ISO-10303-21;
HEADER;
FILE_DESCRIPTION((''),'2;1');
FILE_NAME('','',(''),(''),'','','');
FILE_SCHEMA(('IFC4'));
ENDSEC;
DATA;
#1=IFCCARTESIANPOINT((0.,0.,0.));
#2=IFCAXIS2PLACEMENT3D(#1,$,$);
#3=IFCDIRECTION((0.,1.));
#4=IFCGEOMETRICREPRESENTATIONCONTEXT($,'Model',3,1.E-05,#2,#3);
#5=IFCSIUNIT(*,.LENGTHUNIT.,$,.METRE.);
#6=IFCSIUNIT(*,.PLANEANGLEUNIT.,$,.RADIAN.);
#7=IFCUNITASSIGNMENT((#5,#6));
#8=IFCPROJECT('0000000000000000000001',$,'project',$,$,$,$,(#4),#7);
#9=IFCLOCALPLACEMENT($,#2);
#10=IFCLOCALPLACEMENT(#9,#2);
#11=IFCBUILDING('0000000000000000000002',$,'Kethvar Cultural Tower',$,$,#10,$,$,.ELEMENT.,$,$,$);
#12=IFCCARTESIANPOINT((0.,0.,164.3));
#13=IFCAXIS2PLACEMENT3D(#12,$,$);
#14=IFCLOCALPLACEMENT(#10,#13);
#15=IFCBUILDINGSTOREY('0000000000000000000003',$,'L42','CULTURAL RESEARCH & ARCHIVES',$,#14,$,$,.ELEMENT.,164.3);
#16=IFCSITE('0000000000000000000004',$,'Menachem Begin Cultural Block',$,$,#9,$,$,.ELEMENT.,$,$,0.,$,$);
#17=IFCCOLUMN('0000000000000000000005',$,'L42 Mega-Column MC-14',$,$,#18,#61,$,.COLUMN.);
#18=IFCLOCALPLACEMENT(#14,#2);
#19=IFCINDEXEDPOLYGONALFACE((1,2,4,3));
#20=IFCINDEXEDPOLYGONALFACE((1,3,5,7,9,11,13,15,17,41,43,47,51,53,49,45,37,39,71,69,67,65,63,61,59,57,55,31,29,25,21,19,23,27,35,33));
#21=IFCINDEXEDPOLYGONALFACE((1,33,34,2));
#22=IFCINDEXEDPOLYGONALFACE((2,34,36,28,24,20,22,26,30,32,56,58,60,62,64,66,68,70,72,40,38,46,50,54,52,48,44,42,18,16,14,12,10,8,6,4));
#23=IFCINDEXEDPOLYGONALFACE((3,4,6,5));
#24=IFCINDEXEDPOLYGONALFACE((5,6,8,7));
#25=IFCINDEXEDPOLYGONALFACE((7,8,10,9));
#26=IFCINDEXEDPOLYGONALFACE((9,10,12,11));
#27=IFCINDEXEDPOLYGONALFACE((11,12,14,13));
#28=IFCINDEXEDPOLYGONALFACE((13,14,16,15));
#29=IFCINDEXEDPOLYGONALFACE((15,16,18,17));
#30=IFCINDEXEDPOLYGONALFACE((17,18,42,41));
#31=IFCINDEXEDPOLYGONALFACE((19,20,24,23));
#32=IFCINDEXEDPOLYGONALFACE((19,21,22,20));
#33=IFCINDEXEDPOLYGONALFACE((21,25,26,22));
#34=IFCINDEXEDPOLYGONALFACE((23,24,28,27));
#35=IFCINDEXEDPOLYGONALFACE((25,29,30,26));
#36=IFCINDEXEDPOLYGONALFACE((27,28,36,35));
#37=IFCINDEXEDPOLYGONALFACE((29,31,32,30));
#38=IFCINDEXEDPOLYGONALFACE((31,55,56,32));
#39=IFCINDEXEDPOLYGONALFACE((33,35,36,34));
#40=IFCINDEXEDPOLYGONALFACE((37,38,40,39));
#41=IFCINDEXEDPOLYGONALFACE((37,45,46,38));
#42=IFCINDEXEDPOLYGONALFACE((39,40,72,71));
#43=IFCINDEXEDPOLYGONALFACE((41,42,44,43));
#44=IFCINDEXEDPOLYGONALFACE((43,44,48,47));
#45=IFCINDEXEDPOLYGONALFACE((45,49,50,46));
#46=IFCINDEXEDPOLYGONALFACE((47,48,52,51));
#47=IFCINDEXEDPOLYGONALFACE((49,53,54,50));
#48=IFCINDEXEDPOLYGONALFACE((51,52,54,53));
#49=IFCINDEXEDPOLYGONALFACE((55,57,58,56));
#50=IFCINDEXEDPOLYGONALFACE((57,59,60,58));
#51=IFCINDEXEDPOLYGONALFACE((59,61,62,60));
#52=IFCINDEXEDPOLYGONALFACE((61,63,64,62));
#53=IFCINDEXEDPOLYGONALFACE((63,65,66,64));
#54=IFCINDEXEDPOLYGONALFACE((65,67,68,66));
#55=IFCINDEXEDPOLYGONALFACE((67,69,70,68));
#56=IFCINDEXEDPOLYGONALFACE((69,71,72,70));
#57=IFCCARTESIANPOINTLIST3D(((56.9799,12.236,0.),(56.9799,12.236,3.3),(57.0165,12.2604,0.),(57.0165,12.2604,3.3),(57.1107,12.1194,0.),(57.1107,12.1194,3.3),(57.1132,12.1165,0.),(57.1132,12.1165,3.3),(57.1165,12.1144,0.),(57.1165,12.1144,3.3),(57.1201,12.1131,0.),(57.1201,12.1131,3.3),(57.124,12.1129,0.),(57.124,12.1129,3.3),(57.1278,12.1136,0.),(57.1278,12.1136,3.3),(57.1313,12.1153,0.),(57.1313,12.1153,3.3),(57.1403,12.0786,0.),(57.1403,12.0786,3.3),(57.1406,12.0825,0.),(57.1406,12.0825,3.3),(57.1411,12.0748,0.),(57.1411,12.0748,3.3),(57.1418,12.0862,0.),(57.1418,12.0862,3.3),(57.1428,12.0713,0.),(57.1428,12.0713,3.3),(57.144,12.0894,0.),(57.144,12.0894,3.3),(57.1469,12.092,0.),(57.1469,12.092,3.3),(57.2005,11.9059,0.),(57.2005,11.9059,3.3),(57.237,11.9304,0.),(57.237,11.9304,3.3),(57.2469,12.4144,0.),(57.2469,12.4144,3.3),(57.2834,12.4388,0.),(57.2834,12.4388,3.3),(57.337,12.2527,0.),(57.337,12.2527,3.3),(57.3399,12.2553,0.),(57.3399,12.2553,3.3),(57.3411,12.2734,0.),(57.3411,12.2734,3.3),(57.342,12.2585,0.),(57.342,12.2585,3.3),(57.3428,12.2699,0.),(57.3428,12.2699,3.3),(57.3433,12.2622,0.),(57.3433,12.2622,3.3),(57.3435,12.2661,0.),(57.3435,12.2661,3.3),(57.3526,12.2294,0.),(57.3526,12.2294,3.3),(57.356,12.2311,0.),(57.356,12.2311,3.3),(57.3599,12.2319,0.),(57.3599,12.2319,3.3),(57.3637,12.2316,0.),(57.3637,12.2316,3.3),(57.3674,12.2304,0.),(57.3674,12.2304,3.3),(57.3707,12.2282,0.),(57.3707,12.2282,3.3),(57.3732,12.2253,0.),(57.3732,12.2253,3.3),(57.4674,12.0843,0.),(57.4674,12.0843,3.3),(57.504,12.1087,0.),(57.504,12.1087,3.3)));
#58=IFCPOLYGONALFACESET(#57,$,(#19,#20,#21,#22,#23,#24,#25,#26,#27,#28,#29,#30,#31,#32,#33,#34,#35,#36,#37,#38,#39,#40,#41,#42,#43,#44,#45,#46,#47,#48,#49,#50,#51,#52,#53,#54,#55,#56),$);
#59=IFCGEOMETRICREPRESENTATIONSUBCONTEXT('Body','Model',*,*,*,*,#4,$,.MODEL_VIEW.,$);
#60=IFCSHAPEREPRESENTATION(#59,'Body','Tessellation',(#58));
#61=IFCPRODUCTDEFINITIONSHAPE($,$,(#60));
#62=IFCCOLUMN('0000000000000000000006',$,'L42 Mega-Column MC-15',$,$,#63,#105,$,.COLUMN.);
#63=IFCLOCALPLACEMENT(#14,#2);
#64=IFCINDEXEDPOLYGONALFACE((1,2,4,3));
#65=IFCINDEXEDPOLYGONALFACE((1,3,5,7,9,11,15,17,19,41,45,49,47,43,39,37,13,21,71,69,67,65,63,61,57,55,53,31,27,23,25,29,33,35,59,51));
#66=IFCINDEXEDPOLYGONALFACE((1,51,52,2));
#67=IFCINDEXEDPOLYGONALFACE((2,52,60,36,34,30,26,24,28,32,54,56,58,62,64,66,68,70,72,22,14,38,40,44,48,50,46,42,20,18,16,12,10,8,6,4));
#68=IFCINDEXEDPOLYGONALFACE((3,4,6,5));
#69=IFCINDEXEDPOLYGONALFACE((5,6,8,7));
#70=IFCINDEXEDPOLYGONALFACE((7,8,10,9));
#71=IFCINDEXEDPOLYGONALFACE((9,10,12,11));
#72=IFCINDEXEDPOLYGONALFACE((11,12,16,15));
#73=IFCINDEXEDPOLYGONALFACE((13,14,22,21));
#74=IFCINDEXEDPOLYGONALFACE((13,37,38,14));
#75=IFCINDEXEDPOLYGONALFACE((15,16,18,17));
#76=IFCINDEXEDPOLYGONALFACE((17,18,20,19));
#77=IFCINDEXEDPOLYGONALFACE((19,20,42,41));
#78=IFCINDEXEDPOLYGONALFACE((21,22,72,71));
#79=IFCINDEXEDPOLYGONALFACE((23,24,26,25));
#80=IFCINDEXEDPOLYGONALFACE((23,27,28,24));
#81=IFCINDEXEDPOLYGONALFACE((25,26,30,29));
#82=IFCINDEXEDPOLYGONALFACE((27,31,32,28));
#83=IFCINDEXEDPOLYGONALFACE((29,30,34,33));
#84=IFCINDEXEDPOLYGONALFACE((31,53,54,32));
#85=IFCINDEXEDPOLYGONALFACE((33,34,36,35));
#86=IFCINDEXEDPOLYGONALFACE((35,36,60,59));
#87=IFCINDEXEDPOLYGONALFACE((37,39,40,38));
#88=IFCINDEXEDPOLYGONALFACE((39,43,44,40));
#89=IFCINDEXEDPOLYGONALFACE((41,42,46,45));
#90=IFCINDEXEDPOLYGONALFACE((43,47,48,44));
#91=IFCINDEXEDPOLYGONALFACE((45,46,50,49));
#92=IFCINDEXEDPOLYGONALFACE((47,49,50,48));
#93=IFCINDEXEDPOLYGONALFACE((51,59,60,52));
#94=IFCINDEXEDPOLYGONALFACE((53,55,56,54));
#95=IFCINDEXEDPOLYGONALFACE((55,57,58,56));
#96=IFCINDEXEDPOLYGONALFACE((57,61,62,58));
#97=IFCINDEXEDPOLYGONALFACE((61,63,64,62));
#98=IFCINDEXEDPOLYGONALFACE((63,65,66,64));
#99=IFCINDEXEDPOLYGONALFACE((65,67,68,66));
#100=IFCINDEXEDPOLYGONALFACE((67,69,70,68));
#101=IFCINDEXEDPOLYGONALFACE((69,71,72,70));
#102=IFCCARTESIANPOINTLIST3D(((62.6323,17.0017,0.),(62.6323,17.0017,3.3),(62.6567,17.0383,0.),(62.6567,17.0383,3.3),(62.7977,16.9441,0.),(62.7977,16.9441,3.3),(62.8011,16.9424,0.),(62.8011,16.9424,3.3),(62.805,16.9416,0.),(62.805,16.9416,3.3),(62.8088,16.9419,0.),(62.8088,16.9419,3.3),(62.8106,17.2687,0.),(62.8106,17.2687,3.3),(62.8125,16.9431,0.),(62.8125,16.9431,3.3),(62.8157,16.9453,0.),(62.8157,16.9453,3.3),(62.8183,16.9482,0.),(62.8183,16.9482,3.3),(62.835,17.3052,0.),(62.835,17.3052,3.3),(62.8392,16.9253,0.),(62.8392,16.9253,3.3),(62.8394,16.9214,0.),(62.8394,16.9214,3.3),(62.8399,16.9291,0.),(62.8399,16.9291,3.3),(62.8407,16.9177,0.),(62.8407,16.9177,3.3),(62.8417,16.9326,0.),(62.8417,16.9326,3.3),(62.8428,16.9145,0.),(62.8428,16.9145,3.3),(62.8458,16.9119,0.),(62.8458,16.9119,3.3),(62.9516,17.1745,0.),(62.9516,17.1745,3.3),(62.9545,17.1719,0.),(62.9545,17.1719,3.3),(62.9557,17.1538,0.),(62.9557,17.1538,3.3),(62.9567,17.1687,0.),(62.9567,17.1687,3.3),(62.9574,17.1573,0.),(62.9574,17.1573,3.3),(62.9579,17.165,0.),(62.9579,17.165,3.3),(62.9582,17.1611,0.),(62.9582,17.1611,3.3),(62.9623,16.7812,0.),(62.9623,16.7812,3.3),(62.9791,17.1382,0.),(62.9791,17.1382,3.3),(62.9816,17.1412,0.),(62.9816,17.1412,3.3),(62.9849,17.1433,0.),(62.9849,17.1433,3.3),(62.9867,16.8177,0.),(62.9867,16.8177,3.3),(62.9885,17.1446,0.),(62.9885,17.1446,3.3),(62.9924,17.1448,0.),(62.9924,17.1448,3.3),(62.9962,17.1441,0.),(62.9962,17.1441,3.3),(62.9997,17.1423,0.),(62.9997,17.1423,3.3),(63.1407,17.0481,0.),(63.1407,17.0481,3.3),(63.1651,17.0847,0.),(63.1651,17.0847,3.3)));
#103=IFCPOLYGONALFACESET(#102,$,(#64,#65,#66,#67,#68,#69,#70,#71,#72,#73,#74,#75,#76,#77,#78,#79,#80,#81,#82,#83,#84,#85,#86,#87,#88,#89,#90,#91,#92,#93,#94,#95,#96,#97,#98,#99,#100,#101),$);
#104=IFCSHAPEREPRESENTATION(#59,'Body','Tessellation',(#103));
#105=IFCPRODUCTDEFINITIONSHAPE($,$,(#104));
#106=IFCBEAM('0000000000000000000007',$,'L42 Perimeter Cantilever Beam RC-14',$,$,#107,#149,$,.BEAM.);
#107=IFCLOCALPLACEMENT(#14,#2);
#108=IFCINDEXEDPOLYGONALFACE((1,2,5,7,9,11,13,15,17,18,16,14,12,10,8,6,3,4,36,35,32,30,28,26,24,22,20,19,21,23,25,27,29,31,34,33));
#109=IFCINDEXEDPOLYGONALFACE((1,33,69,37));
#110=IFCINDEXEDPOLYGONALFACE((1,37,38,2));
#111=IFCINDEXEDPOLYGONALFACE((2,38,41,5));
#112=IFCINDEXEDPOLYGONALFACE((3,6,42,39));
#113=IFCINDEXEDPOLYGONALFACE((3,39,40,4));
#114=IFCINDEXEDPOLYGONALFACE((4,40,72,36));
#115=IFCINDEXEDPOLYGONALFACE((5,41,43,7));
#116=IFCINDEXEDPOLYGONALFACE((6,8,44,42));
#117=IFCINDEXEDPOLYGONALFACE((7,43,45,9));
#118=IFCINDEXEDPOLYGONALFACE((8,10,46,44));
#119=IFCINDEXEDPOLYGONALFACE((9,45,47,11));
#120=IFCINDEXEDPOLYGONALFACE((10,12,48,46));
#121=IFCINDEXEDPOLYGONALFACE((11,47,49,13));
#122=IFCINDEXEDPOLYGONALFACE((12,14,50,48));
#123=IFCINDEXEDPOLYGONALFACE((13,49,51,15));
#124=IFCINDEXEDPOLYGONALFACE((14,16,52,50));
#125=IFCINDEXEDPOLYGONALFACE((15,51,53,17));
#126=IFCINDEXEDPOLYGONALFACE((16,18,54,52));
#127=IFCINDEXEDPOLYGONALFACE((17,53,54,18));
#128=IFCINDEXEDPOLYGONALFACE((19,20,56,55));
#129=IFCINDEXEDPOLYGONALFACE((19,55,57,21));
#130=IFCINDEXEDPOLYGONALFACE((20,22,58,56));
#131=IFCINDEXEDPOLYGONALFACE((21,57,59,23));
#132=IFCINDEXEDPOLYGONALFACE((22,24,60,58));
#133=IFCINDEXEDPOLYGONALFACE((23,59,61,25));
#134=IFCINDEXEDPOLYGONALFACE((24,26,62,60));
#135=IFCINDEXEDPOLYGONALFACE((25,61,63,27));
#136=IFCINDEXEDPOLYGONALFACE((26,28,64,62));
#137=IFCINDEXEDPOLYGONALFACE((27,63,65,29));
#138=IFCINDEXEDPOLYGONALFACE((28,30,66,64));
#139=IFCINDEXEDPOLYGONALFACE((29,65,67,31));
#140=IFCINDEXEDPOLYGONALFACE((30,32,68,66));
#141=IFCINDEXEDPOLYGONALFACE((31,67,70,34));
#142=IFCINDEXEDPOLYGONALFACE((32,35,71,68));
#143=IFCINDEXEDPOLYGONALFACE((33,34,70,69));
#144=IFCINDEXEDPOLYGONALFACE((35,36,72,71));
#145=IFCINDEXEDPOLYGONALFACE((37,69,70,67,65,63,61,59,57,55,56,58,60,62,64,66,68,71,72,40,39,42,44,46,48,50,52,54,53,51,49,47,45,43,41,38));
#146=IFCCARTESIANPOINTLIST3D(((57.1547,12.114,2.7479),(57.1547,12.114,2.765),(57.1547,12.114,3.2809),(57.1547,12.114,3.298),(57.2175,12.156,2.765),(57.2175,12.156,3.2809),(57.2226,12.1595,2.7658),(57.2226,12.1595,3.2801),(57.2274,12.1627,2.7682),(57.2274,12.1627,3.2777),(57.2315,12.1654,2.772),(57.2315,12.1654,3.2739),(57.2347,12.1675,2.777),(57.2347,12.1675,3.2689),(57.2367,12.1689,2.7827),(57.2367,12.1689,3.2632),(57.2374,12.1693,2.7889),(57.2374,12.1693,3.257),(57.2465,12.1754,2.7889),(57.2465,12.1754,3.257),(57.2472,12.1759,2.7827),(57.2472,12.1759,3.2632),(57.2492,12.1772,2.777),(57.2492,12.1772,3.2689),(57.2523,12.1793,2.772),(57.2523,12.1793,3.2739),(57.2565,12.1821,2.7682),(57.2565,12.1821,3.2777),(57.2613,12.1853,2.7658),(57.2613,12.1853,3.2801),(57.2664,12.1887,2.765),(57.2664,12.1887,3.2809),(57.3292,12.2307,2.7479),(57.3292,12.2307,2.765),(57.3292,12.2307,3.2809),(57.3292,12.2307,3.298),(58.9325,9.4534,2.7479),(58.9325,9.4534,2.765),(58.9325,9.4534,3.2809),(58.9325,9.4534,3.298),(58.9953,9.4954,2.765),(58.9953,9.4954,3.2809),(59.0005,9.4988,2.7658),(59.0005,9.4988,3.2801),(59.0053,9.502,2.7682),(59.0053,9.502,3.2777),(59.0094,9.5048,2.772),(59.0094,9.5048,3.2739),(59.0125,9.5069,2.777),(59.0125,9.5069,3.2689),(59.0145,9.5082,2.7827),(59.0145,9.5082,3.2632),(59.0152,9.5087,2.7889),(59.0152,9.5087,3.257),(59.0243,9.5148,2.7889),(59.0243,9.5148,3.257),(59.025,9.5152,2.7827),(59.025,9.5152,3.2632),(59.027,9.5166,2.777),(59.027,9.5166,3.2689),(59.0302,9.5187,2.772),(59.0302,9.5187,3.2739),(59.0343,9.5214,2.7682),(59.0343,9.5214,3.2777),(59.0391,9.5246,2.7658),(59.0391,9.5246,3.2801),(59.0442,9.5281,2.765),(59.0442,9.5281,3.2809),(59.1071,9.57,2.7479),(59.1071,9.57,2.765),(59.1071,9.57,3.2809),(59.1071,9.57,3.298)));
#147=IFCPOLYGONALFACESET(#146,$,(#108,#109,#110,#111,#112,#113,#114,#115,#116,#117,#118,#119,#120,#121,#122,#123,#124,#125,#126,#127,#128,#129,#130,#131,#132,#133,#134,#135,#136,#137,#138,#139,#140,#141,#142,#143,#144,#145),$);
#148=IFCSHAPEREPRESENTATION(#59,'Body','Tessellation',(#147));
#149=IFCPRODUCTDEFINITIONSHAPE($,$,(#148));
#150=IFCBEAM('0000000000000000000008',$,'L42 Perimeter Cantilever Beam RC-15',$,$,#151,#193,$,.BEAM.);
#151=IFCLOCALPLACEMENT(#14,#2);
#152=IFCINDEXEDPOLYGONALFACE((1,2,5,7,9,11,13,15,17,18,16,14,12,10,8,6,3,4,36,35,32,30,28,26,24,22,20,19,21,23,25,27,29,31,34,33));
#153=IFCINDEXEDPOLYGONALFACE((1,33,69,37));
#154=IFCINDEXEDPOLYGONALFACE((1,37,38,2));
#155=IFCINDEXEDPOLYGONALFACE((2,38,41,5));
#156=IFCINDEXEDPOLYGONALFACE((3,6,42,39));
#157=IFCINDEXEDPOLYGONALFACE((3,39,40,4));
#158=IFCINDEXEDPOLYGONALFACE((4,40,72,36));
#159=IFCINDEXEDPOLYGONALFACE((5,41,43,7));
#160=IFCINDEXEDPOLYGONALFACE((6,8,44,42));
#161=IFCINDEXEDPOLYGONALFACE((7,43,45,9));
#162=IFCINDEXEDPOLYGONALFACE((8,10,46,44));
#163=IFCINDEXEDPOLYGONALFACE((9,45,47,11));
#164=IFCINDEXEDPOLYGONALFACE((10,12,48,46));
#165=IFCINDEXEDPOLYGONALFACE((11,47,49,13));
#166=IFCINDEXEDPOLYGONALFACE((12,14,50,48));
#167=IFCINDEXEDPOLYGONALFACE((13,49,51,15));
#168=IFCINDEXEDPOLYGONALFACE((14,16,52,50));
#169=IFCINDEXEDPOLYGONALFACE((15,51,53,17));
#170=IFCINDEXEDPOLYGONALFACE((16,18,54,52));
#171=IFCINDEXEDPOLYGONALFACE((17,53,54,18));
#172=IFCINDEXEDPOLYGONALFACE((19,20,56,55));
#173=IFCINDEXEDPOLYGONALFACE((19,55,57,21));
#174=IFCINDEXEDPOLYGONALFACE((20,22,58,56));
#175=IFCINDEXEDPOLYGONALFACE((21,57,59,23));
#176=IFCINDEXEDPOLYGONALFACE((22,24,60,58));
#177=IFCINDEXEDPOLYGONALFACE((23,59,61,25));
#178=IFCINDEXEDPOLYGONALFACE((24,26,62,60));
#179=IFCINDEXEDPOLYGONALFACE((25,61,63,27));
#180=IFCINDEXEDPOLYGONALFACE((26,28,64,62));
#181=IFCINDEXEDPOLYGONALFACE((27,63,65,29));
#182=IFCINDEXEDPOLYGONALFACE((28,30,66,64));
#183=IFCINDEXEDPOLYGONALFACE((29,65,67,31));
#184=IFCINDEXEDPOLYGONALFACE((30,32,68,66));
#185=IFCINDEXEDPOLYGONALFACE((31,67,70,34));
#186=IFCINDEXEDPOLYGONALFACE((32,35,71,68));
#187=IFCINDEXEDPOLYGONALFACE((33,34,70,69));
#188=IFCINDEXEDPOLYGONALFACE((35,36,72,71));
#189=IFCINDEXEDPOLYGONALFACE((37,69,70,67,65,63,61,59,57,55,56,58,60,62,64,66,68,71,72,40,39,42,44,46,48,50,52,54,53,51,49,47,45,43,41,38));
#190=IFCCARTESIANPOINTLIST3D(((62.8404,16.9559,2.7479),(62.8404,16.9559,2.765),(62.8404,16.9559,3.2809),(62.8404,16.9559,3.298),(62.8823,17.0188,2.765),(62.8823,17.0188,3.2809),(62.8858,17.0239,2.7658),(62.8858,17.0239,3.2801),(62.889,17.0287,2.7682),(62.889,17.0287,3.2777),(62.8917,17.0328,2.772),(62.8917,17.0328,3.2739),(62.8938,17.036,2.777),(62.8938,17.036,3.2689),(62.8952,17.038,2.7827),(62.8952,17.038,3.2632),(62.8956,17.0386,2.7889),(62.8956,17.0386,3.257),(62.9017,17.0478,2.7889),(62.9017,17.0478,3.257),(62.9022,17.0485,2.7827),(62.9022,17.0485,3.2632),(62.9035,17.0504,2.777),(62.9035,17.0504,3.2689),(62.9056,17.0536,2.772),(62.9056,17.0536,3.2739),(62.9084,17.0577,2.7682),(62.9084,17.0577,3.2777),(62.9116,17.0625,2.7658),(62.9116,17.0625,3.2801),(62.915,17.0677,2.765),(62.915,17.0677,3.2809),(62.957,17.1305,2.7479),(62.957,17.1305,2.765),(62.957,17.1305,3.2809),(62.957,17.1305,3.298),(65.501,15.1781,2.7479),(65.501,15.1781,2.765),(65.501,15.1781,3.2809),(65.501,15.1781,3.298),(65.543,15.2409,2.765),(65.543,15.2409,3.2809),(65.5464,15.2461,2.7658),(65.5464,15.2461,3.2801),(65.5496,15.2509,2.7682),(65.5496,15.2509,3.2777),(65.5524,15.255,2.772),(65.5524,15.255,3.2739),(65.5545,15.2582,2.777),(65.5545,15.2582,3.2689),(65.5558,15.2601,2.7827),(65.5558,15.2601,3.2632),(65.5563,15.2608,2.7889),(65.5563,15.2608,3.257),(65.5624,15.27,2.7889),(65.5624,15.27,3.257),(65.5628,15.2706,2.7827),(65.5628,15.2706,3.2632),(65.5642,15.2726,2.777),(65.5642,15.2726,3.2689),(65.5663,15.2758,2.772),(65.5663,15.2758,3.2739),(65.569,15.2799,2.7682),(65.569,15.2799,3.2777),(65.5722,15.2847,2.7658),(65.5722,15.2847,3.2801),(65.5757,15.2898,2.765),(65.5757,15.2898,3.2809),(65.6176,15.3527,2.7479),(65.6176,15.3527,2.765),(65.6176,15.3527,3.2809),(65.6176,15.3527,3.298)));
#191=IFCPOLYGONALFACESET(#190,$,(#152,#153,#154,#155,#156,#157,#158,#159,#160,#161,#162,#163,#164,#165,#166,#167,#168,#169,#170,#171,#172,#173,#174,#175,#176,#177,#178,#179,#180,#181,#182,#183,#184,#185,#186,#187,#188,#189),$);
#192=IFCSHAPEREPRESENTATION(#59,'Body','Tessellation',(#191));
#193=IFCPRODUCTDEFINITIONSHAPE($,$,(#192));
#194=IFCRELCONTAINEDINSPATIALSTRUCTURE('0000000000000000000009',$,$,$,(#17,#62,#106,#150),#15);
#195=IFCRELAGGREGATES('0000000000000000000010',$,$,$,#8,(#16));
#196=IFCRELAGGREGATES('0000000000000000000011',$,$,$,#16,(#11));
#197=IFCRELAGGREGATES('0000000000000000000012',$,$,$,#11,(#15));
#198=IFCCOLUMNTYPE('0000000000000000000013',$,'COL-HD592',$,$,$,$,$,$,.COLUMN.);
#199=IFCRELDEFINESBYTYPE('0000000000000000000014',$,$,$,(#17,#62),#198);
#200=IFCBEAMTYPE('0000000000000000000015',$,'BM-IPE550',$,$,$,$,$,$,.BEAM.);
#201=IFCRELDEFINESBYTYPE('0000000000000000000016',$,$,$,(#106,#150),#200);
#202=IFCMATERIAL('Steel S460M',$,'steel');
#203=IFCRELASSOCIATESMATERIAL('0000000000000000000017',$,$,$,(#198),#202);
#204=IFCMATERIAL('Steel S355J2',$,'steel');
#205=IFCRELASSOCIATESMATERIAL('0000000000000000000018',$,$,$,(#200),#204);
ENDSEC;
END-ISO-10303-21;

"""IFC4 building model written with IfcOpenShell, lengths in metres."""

from ifc_helpers import new_model, si_unit, direction, frame, origin, origin_2d, place, context, subcontext, project, spatial, i_section, extrude, source, transform, mapped, material, material_profile, profile_set, type_object, element, save


model = new_model("IFC4")

# Units and contexts
model_context = context("Model", 3, precision=1e-05, world=origin(), true_north=direction((0.0, 1.0)))
body_context = subcontext(model_context, "Body", "Model", "MODEL_VIEW")
ifc_project = project(units=[si_unit("LENGTHUNIT", "METRE"), si_unit("PLANEANGLEUNIT", "RADIAN")], contexts=[model_context])

# Site, building, storey
site_placement = place(None, origin())
site = spatial("IfcSite", under=ifc_project, at=site_placement, Name="Menachem Begin Cultural Block", CompositionType="ELEMENT", RefElevation=0.0)
building_placement = place(site_placement, origin())
building = spatial("IfcBuilding", under=site, at=building_placement, Name="Kethvar Cultural Tower", CompositionType="ELEMENT")
storey_placement = place(building_placement, frame((0.0, 0.0, 164.3)))
storey = spatial("IfcBuildingStorey", under=building, at=storey_placement, Name="L42", Description="CULTURAL RESEARCH & ARCHIVES", CompositionType="ELEMENT", Elevation=164.3)

# Columns
ifc_material_1 = material(Name="Steel S460M", Category="steel")
ifc_material_profile_1 = material_profile(ifc_material_1, i_section(OverallWidth=0.397, OverallDepth=0.365, WebThickness=0.0281, FlangeThickness=0.0439, FilletRadius=0.0149, at=origin_2d()), Name="Steel S460M — HD400x592")
ifc_profile_set_1 = profile_set([ifc_material_profile_1], Name="Steel S460M — HD400x592")
column_type = type_object("IfcColumnType", Name="COL-HD592", PredefinedType="COLUMN", material=ifc_profile_set_1)
shared_shape_1 = source(origin(), body_context, "Body", "SweptSolid", [
    extrude(i_section(OverallWidth=0.397, OverallDepth=0.365, WebThickness=0.0281, FlangeThickness=0.0439, FilletRadius=0.0149, at=origin_2d()), origin(), (0.0, 0.0, 1.0), 3.3),
])
for number, where, z_axis, x_axis, name in (
    (1, (57.2419, 12.1724, 0.0), (0.0, 0.0, 1.0), (0.55557, -0.83147, 0.0), "L42 Mega-Column MC-14"),
    (2, (62.8987, 17.0432, 0.0), (0.0, 0.0, 1.0), (0.83147, -0.55557, 0.0), "L42 Mega-Column MC-15"),
):
    element("IfcColumn", number, at=place(storey_placement, frame(where, z_axis=z_axis, x_axis=x_axis)), inside=storey, type_object=column_type, Name=name, PredefinedType="COLUMN", context=body_context, shape_type="MappedRepresentation", body=[
        mapped(shared_shape_1, transform((0.0, 0.0, 0.0), scale=1.0)),
    ])

# Beams
ifc_material_2 = material(Name="Steel S355J2", Category="steel")
ifc_material_profile_2 = material_profile(ifc_material_2, i_section(OverallWidth=0.21, OverallDepth=0.55, WebThickness=0.011, FlangeThickness=0.0171, FilletRadius=0.0239, at=origin_2d()), Name="Steel S355J2 — IPE550")
ifc_profile_set_2 = profile_set([ifc_material_profile_2], Name="Steel S355J2 — IPE550")
beam_type_1 = type_object("IfcBeamType", Name="BM-IPE550", PredefinedType="BEAM", material=ifc_profile_set_2)
shared_shape_2 = source(origin(), body_context, "Body", "SweptSolid", [
    extrude(i_section(OverallWidth=0.21, OverallDepth=0.55, WebThickness=0.011, FlangeThickness=0.0171, FilletRadius=0.0239, at=origin_2d()), origin(), (0.0, 0.0, 1.0), 3.2),
])
for number, where, z_axis, x_axis, name in (
    (3, (57.2419, 12.1724, 3.0229), (0.55558, -0.831463, 0.0), (0.831463, 0.55558, 0.0), "L42 Perimeter Cantilever Beam RC-14"),
    (4, (62.8987, 17.0432, 3.0229), (0.831463, -0.55558, 0.0), (0.55558, 0.831463, 0.0), "L42 Perimeter Cantilever Beam RC-15"),
):
    element("IfcBeam", number, at=place(storey_placement, frame(where, z_axis=z_axis, x_axis=x_axis)), inside=storey, type_object=beam_type_1, Name=name, PredefinedType="BEAM", context=body_context, shape_type="MappedRepresentation", body=[
        mapped(shared_shape_2, transform((0.0, 0.0, 0.0), scale=1.0)),
    ])

save(model, "model.ifc")
